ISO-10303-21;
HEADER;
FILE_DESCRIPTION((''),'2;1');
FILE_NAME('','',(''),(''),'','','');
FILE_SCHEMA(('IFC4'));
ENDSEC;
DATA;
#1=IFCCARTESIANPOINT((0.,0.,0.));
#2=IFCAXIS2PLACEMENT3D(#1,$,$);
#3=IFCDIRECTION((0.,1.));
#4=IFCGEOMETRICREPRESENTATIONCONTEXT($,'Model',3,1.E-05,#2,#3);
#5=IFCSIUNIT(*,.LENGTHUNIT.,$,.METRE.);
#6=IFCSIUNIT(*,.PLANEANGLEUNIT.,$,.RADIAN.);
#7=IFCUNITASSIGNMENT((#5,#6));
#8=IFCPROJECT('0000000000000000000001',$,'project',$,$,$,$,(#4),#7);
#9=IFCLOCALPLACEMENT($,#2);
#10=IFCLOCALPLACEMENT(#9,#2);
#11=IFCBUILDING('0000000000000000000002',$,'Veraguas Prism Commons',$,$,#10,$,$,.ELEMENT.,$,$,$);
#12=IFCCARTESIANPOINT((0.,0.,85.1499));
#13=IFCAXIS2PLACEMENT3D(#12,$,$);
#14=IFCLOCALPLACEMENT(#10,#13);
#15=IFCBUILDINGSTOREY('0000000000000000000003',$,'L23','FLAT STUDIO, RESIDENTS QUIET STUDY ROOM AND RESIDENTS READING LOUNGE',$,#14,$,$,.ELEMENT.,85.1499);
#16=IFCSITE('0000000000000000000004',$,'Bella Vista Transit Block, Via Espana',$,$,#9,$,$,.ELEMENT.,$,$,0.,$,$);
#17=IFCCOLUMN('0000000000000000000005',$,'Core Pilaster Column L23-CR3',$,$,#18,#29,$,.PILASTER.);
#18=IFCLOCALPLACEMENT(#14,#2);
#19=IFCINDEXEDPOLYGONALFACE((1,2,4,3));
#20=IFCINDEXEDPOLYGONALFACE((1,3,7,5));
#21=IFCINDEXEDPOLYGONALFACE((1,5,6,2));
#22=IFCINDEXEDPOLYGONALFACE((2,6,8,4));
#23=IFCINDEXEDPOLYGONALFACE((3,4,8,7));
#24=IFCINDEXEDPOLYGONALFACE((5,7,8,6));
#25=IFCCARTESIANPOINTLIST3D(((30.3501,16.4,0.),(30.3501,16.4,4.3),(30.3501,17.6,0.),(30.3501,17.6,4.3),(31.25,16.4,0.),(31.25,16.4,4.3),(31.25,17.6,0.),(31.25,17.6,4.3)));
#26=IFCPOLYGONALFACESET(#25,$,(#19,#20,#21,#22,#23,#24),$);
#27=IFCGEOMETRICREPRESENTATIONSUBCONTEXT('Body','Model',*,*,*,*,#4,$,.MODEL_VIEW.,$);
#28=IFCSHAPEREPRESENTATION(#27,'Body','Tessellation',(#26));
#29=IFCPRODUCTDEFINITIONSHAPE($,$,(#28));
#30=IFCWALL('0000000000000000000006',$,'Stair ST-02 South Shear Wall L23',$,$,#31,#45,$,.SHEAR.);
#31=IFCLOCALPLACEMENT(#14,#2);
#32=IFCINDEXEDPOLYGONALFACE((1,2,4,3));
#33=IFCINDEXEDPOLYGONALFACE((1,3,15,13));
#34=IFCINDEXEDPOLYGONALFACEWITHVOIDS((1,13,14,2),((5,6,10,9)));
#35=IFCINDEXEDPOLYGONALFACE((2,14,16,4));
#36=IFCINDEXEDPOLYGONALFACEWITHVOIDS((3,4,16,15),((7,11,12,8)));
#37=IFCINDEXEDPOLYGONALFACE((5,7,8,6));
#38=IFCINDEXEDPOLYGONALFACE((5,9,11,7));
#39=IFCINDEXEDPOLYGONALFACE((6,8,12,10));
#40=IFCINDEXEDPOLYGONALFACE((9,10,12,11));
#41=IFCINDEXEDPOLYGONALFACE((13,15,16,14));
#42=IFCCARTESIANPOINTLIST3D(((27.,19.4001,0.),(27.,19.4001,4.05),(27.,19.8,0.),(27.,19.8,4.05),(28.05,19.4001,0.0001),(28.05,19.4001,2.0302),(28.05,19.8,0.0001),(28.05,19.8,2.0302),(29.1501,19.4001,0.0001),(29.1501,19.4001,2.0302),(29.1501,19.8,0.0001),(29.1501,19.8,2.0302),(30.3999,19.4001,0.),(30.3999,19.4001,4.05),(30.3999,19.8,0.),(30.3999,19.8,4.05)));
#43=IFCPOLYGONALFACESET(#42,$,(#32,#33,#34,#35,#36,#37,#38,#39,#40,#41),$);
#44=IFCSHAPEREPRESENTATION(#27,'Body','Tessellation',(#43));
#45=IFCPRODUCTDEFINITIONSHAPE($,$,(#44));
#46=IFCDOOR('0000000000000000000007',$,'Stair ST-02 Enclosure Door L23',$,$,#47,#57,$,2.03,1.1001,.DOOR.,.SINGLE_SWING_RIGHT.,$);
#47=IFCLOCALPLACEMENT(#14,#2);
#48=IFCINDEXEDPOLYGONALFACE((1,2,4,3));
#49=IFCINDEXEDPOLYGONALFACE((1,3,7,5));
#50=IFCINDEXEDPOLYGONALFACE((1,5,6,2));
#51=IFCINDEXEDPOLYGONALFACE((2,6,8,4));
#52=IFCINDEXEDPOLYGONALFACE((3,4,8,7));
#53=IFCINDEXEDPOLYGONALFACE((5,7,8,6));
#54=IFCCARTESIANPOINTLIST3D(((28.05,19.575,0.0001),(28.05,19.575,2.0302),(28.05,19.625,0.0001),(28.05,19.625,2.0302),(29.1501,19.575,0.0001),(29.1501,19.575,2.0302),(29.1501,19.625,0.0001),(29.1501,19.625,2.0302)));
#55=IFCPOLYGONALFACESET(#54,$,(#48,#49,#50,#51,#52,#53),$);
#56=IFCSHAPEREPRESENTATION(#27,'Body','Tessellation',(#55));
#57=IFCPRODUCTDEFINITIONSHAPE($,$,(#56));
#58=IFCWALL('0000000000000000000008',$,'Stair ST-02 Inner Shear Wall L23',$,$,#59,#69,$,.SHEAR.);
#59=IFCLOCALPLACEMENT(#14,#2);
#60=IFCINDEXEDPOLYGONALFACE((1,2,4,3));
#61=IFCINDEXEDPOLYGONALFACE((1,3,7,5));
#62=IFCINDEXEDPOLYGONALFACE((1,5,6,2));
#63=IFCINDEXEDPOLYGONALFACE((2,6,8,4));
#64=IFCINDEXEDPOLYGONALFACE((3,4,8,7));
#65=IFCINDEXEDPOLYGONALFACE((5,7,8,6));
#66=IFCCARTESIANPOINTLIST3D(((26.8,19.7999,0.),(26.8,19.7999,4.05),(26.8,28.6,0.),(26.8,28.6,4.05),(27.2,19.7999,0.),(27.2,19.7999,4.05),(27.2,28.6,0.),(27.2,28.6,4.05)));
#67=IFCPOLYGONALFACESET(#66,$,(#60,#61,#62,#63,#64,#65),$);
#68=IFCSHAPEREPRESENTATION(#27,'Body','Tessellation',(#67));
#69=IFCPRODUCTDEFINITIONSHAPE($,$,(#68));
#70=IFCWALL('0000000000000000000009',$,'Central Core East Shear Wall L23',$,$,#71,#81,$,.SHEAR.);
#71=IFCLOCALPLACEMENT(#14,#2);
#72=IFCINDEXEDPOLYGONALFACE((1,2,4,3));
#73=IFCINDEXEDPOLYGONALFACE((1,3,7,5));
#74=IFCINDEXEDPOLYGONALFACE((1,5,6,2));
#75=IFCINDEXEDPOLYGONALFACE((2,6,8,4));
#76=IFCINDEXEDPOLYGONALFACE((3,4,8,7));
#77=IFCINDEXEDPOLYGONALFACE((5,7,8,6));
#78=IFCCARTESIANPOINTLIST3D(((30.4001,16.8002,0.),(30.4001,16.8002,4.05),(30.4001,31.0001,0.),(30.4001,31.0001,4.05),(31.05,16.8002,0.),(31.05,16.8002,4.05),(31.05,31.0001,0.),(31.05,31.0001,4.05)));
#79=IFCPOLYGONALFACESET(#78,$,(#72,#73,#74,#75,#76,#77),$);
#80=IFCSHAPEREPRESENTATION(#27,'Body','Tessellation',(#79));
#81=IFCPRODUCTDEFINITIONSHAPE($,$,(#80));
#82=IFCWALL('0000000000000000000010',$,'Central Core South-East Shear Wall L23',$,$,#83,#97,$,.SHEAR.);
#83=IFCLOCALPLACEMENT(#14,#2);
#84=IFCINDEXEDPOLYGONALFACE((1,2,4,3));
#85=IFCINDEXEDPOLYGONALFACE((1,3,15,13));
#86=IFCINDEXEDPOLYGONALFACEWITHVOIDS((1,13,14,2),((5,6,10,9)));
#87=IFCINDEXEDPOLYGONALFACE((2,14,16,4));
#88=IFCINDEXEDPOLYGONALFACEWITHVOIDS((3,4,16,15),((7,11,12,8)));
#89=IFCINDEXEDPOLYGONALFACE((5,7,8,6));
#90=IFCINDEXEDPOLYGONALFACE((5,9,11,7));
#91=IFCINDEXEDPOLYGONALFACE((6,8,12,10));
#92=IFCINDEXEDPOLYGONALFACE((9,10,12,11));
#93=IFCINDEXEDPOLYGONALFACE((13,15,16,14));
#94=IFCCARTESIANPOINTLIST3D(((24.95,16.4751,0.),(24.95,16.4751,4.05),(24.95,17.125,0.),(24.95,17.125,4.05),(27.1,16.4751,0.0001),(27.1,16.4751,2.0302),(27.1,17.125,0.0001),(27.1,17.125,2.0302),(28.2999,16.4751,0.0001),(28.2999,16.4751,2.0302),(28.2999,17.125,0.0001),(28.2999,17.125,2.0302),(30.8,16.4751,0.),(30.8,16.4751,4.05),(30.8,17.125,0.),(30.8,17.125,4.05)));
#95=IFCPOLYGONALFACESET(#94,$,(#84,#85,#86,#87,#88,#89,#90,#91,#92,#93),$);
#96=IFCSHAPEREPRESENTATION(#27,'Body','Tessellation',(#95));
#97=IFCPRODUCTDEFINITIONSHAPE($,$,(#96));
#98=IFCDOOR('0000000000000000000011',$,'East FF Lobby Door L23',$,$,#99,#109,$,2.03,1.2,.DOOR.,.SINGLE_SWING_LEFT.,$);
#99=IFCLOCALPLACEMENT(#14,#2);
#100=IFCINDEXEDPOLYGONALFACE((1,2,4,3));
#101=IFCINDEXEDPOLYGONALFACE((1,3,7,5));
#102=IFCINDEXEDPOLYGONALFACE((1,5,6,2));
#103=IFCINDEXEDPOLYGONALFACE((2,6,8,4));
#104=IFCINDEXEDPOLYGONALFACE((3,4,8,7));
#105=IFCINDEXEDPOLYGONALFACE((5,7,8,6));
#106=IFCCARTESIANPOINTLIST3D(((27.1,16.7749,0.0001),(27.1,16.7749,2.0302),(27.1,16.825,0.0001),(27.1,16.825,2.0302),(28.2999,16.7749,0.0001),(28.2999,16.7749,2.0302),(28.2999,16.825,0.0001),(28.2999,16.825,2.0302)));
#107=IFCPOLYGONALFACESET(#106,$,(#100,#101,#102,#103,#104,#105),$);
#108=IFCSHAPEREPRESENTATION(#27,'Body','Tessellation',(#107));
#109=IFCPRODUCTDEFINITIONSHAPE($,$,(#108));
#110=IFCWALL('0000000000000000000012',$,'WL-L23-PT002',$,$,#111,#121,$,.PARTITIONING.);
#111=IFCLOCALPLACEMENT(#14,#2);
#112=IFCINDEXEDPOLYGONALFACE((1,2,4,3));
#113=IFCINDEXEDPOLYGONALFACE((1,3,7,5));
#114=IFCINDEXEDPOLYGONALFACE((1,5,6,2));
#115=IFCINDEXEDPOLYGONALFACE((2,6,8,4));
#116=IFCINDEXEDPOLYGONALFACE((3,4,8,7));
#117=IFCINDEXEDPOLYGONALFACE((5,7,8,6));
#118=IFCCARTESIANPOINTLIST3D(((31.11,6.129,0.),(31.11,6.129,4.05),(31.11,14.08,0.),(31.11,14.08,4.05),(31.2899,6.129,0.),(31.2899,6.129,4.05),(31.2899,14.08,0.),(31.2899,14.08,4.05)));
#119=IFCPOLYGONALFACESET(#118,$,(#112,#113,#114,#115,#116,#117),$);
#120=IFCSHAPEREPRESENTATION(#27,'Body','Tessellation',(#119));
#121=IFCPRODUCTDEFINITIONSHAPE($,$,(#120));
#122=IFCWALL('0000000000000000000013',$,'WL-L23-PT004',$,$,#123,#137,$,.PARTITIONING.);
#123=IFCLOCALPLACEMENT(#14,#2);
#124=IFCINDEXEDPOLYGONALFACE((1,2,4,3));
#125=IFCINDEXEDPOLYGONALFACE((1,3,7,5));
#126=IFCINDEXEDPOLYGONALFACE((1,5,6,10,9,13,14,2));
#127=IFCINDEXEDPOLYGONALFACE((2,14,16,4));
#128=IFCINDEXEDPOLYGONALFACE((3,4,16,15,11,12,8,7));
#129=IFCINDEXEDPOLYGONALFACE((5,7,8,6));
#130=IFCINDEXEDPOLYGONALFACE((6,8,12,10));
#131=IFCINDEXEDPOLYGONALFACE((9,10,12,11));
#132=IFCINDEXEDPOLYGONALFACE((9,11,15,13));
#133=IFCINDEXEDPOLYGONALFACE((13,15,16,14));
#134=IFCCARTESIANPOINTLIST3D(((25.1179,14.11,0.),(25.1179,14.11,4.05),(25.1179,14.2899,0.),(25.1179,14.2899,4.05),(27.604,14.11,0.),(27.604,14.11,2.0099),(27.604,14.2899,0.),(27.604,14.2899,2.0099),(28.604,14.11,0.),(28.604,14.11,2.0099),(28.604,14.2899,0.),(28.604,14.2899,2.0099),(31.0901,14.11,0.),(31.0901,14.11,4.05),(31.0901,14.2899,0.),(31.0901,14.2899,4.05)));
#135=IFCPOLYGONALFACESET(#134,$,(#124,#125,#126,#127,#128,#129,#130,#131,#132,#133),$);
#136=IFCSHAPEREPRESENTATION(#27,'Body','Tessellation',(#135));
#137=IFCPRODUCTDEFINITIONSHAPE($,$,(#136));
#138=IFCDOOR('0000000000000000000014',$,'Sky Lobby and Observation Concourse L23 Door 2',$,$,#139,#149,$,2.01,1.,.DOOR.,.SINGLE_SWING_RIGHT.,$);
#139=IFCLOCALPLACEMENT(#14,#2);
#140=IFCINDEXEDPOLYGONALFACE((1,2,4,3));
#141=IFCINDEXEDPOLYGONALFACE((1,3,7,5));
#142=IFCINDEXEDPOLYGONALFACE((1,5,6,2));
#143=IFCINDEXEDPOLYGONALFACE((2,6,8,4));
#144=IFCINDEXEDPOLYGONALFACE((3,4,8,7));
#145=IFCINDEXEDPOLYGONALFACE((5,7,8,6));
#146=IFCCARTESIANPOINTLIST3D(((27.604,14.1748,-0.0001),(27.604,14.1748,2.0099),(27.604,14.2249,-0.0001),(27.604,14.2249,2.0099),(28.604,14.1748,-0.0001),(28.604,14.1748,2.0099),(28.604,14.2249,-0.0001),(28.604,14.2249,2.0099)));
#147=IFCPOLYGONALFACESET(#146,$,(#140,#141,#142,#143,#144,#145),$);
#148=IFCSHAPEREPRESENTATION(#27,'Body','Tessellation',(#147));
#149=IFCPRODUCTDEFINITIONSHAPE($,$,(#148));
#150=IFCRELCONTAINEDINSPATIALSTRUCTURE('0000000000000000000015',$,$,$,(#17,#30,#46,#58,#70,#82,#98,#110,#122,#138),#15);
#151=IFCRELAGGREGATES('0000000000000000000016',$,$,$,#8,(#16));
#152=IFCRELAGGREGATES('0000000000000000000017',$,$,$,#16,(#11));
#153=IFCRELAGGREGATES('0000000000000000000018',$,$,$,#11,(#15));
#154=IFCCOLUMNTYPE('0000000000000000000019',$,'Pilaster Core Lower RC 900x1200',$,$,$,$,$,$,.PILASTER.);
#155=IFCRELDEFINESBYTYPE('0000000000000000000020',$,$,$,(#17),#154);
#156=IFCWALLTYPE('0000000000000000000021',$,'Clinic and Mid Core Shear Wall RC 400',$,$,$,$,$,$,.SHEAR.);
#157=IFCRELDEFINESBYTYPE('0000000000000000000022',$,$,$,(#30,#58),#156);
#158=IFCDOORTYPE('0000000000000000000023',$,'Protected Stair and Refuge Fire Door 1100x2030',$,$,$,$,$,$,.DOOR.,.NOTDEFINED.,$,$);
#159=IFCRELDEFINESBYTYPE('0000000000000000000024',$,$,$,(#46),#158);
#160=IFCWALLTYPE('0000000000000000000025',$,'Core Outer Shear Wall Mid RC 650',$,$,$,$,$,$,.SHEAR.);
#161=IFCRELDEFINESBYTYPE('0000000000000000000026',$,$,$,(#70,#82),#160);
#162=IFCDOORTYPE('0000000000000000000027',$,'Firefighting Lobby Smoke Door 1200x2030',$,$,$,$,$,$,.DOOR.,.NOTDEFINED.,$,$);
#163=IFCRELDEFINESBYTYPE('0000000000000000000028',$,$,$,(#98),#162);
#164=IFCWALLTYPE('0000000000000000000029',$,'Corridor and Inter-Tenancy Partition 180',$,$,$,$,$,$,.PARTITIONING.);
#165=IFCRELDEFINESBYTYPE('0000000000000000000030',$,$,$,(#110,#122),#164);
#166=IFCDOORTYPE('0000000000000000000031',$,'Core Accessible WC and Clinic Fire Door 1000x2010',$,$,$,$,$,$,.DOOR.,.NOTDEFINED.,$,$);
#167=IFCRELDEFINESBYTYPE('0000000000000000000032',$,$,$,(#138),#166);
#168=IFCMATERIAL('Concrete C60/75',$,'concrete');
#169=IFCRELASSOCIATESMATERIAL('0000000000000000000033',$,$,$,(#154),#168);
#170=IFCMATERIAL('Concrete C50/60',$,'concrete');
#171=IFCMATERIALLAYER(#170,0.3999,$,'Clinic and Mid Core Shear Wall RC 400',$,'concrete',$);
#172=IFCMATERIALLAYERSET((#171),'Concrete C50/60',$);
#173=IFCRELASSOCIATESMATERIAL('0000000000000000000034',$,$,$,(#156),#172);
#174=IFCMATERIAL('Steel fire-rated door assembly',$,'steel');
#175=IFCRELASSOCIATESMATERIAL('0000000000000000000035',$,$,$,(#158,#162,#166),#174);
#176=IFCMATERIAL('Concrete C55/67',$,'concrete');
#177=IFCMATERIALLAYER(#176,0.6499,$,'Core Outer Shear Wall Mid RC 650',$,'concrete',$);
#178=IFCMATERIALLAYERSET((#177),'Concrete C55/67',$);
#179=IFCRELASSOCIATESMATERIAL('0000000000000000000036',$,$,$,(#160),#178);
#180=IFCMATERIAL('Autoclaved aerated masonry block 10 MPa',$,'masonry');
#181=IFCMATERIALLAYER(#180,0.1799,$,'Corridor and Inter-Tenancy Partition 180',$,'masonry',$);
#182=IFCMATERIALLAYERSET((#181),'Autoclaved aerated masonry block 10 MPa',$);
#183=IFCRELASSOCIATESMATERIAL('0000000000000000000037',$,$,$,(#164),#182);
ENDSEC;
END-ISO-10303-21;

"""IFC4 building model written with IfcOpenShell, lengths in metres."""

from ifc_helpers import new_model, si_unit, direction, frame, frame_2d, origin, origin_2d, place, context, subcontext, project, spatial, rectangle, extrude, source, transform, mapped, material, layer, layer_set, material_profile, profile_set, type_object, element, fill, save


model = new_model("IFC4")

# Units and contexts
model_context = context("Model", 3, precision=1e-05, world=origin(), true_north=direction((0.0, 1.0)))
body_context = subcontext(model_context, "Body", "Model", "MODEL_VIEW")
ifc_project = project(units=[si_unit("LENGTHUNIT", "METRE"), si_unit("PLANEANGLEUNIT", "RADIAN")], contexts=[model_context])

# Site, building, storey
site_placement = place(None, origin())
site = spatial("IfcSite", under=ifc_project, at=site_placement, Name="Bella Vista Transit Block, Via Espana", CompositionType="ELEMENT", RefElevation=0.0)
building_placement = place(site_placement, origin())
building = spatial("IfcBuilding", under=site, at=building_placement, Name="Veraguas Prism Commons", CompositionType="ELEMENT")
storey_placement = place(building_placement, frame((0.0, 0.0, 85.1499)))
storey = spatial("IfcBuildingStorey", under=building, at=storey_placement, Name="L23", Description="FLAT STUDIO, RESIDENTS QUIET STUDY ROOM AND RESIDENTS READING LOUNGE", CompositionType="ELEMENT", Elevation=85.1499)

# Column
ifc_material_1 = material(Name="Concrete C60/75", Category="concrete")
ifc_material_profile = material_profile(ifc_material_1, rectangle(XDim=0.8999, YDim=1.2, at=origin_2d()), Name="RC900X1200")
ifc_profile_set = profile_set([ifc_material_profile], Name="Concrete C60/75")
column_type = type_object("IfcColumnType", Name="Pilaster Core Lower RC 900x1200", PredefinedType="PILASTER", material=ifc_profile_set)
column_placement = place(storey_placement, frame((30.8, 17.0, 0.0), z_axis=(0.0, 0.0, 1.0), x_axis=(1.0, 0.0, 0.0)))
element("IfcColumn", 1, at=column_placement, inside=storey, type_object=column_type, Name="Core Pilaster Column L23-CR3", PredefinedType="PILASTER", context=body_context, shape_type="SweptSolid", body=[
    extrude(rectangle(XDim=0.8999, YDim=1.2, at=origin_2d()), origin(), (0.0, 0.0, 1.0), 4.3),
])

# Wall, opening, door
ifc_material_2 = material(Name="Concrete C50/60", Category="concrete")
ifc_layer_1 = layer(ifc_material_2, 0.3999, Name="Clinic and Mid Core Shear Wall RC 400", Category="concrete")
ifc_layer_set_1 = layer_set([ifc_layer_1], Name="Concrete C50/60")
wall_type_1 = type_object("IfcWallType", Name="Clinic and Mid Core Shear Wall RC 400", PredefinedType="SHEAR", material=ifc_layer_set_1)
wall_1_placement = place(storey_placement, frame((27.0, 19.6001, 0.0), z_axis=(0.0, 0.0, 1.0), x_axis=(1.0, 0.0, 0.0)))
wall_1 = element("IfcWall", 2, at=wall_1_placement, inside=storey, type_object=wall_type_1, Name="Stair ST-02 South Shear Wall L23", PredefinedType="SHEAR", context=body_context, shape_type="SweptSolid", body=[
    extrude(rectangle(XDim=3.3999, YDim=0.3999, at=frame_2d((1.7, 0.0))), origin(), (0.0, 0.0, 1.0), 4.05),
])
opening_1_placement = place(wall_1_placement, frame((1.05, 0.0, 0.0)))
opening_1 = element("IfcOpeningElement", 3, at=opening_1_placement, cuts=wall_1, PredefinedType="OPENING", context=body_context, shape_type="SweptSolid", body=[
    extrude(rectangle(XDim=1.1001, YDim=2.03, at=frame_2d((0.55, 1.0151))), frame((0.0, 0.21, 0.0), z_axis=(0.0, -1.0, 0.0), x_axis=(1.0, 0.0, 0.0)), (0.0, 0.0, 1.0), 0.4199),
])
ifc_material_3 = material(Name="Steel fire-rated door assembly", Category="steel")
door_type_1 = type_object("IfcDoorType", Name="Protected Stair and Refuge Fire Door 1100x2030", OperationType="NOTDEFINED", PredefinedType="DOOR", material=ifc_material_3)
shared_shape_1 = source(origin(), body_context, "Body", "SweptSolid", [
    extrude(rectangle(XDim=1.1001, YDim=2.03, at=frame_2d((0.55, 1.0151))), frame((0.0, 0.0249, 0.0), z_axis=(0.0, -1.0, 0.0), x_axis=(1.0, 0.0, 0.0)), (0.0, 0.0, 1.0), 0.05),
])
door_1_placement = place(opening_1_placement, origin())
door_1 = element("IfcDoor", 4, at=door_1_placement, inside=storey, type_object=door_type_1, Name="Stair ST-02 Enclosure Door L23", OperationType="SINGLE_SWING_RIGHT", OverallHeight=2.03, OverallWidth=1.1001, PredefinedType="DOOR", context=body_context, shape_type="MappedRepresentation", body=[
    mapped(shared_shape_1, transform((0.0, 0.0, 0.0), scale=1.0)),
])
fill(opening_1, door_1)

# Walls
wall_2_placement = place(storey_placement, frame((27.0, 19.8, 0.0), z_axis=(0.0, 0.0, 1.0), x_axis=(0.0, 1.0, 0.0)))
element("IfcWall", 5, at=wall_2_placement, inside=storey, type_object=wall_type_1, Name="Stair ST-02 Inner Shear Wall L23", PredefinedType="SHEAR", context=body_context, shape_type="SweptSolid", body=[
    extrude(rectangle(XDim=8.8, YDim=0.3999, at=frame_2d((4.3999, 0.0))), origin(), (0.0, 0.0, 1.0), 4.05),
])
ifc_material_4 = material(Name="Concrete C55/67", Category="concrete")
ifc_layer_2 = layer(ifc_material_4, 0.6499, Name="Core Outer Shear Wall Mid RC 650", Category="concrete")
ifc_layer_set_2 = layer_set([ifc_layer_2], Name="Concrete C55/67")
wall_type_2 = type_object("IfcWallType", Name="Core Outer Shear Wall Mid RC 650", PredefinedType="SHEAR", material=ifc_layer_set_2)
wall_3_placement = place(storey_placement, frame((30.7251, 16.8, 0.0), z_axis=(0.0, 0.0, 1.0), x_axis=(0.0, 1.0, 0.0)))
element("IfcWall", 6, at=wall_3_placement, inside=storey, type_object=wall_type_2, Name="Central Core East Shear Wall L23", PredefinedType="SHEAR", context=body_context, shape_type="SweptSolid", body=[
    extrude(rectangle(XDim=14.2, YDim=0.6499, at=frame_2d((7.1001, 0.0))), origin(), (0.0, 0.0, 1.0), 4.05),
])

# Wall, opening, door
wall_4_placement = place(storey_placement, frame((24.95, 16.8, 0.0), z_axis=(0.0, 0.0, 1.0), x_axis=(1.0, 0.0, 0.0)))
wall_4 = element("IfcWall", 7, at=wall_4_placement, inside=storey, type_object=wall_type_2, Name="Central Core South-East Shear Wall L23", PredefinedType="SHEAR", context=body_context, shape_type="SweptSolid", body=[
    extrude(rectangle(XDim=5.8501, YDim=0.6499, at=frame_2d((2.925, 0.0))), origin(), (0.0, 0.0, 1.0), 4.05),
])
opening_2_placement = place(wall_4_placement, frame((2.1499, 0.0, 0.0)))
opening_2 = element("IfcOpeningElement", 8, at=opening_2_placement, cuts=wall_4, PredefinedType="OPENING", context=body_context, shape_type="SweptSolid", body=[
    extrude(rectangle(XDim=1.2, YDim=2.03, at=frame_2d((0.6001, 1.0151))), frame((0.0, 0.335, 0.0), z_axis=(0.0, -1.0, 0.0), x_axis=(1.0, 0.0, 0.0)), (0.0, 0.0, 1.0), 0.6699),
])
door_type_2 = type_object("IfcDoorType", Name="Firefighting Lobby Smoke Door 1200x2030", OperationType="NOTDEFINED", PredefinedType="DOOR", material=ifc_material_3)
shared_shape_2 = source(origin(), body_context, "Body", "SweptSolid", [
    extrude(rectangle(XDim=1.2, YDim=2.03, at=frame_2d((0.6001, 1.0151))), frame((0.0, 0.0249, 0.0), z_axis=(0.0, -1.0, 0.0), x_axis=(1.0, 0.0, 0.0)), (0.0, 0.0, 1.0), 0.05),
])
door_2_placement = place(opening_2_placement, origin())
door_2 = element("IfcDoor", 9, at=door_2_placement, inside=storey, type_object=door_type_2, Name="East FF Lobby Door L23", OperationType="SINGLE_SWING_LEFT", OverallHeight=2.03, OverallWidth=1.2, PredefinedType="DOOR", context=body_context, shape_type="MappedRepresentation", body=[
    mapped(shared_shape_2, transform((0.0, 0.0, 0.0), scale=1.0)),
])
fill(opening_2, door_2)

# Wall
ifc_material_5 = material(Name="Autoclaved aerated masonry block 10 MPa", Category="masonry")
ifc_layer_3 = layer(ifc_material_5, 0.1799, Name="Corridor and Inter-Tenancy Partition 180", Category="masonry")
ifc_layer_set_3 = layer_set([ifc_layer_3], Name="Autoclaved aerated masonry block 10 MPa")
wall_type_3 = type_object("IfcWallType", Name="Corridor and Inter-Tenancy Partition 180", PredefinedType="PARTITIONING", material=ifc_layer_set_3)
wall_5_placement = place(storey_placement, frame((31.2, 14.0801, 0.0), z_axis=(0.0, 0.0, 1.0), x_axis=(0.0, -1.0, 0.0)))
element("IfcWall", 10, at=wall_5_placement, inside=storey, type_object=wall_type_3, Name="WL-L23-PT002", PredefinedType="PARTITIONING", context=body_context, shape_type="SweptSolid", body=[
    extrude(rectangle(XDim=7.9509, YDim=0.1799, at=frame_2d((3.9756, 0.0))), origin(), (0.0, 0.0, 1.0), 4.05),
])

# Wall, opening, door
wall_6_placement = place(storey_placement, frame((25.1179, 14.2, 0.0), z_axis=(0.0, 0.0, 1.0), x_axis=(1.0, 0.0, 0.0)))
wall_6 = element("IfcWall", 11, at=wall_6_placement, inside=storey, type_object=wall_type_3, Name="WL-L23-PT004", PredefinedType="PARTITIONING", context=body_context, shape_type="SweptSolid", body=[
    extrude(rectangle(XDim=5.9722, YDim=0.1799, at=frame_2d((2.9861, 0.0))), origin(), (0.0, 0.0, 1.0), 4.05),
])
opening_3_placement = place(wall_6_placement, frame((2.4861, 0.0, 0.0)))
opening_3 = element("IfcOpeningElement", 12, at=opening_3_placement, cuts=wall_6, PredefinedType="OPENING", context=body_context, shape_type="SweptSolid", body=[
    extrude(rectangle(XDim=1.0, YDim=2.01, at=frame_2d((0.5, 1.0049))), frame((0.0, 0.0999, 0.0), z_axis=(0.0, -1.0, 0.0), x_axis=(1.0, 0.0, 0.0)), (0.0, 0.0, 1.0), 0.2),
])
door_type_3 = type_object("IfcDoorType", Name="Core Accessible WC and Clinic Fire Door 1000x2010", OperationType="NOTDEFINED", PredefinedType="DOOR", material=ifc_material_3)
shared_shape_3 = source(origin(), body_context, "Body", "SweptSolid", [
    extrude(rectangle(XDim=1.0, YDim=2.01, at=frame_2d((0.5, 1.0049))), frame((0.0, 0.0249, 0.0), z_axis=(0.0, -1.0, 0.0), x_axis=(1.0, 0.0, 0.0)), (0.0, 0.0, 1.0), 0.05),
])
door_3_placement = place(opening_3_placement, origin())
door_3 = element("IfcDoor", 13, at=door_3_placement, inside=storey, type_object=door_type_3, Name="Sky Lobby and Observation Concourse L23 Door 2", OperationType="SINGLE_SWING_RIGHT", OverallHeight=2.01, OverallWidth=1.0, PredefinedType="DOOR", context=body_context, shape_type="MappedRepresentation", body=[
    mapped(shared_shape_3, transform((0.0, 0.0, 0.0), scale=1.0)),
])
fill(opening_3, door_3)

save(model, "model.ifc")
